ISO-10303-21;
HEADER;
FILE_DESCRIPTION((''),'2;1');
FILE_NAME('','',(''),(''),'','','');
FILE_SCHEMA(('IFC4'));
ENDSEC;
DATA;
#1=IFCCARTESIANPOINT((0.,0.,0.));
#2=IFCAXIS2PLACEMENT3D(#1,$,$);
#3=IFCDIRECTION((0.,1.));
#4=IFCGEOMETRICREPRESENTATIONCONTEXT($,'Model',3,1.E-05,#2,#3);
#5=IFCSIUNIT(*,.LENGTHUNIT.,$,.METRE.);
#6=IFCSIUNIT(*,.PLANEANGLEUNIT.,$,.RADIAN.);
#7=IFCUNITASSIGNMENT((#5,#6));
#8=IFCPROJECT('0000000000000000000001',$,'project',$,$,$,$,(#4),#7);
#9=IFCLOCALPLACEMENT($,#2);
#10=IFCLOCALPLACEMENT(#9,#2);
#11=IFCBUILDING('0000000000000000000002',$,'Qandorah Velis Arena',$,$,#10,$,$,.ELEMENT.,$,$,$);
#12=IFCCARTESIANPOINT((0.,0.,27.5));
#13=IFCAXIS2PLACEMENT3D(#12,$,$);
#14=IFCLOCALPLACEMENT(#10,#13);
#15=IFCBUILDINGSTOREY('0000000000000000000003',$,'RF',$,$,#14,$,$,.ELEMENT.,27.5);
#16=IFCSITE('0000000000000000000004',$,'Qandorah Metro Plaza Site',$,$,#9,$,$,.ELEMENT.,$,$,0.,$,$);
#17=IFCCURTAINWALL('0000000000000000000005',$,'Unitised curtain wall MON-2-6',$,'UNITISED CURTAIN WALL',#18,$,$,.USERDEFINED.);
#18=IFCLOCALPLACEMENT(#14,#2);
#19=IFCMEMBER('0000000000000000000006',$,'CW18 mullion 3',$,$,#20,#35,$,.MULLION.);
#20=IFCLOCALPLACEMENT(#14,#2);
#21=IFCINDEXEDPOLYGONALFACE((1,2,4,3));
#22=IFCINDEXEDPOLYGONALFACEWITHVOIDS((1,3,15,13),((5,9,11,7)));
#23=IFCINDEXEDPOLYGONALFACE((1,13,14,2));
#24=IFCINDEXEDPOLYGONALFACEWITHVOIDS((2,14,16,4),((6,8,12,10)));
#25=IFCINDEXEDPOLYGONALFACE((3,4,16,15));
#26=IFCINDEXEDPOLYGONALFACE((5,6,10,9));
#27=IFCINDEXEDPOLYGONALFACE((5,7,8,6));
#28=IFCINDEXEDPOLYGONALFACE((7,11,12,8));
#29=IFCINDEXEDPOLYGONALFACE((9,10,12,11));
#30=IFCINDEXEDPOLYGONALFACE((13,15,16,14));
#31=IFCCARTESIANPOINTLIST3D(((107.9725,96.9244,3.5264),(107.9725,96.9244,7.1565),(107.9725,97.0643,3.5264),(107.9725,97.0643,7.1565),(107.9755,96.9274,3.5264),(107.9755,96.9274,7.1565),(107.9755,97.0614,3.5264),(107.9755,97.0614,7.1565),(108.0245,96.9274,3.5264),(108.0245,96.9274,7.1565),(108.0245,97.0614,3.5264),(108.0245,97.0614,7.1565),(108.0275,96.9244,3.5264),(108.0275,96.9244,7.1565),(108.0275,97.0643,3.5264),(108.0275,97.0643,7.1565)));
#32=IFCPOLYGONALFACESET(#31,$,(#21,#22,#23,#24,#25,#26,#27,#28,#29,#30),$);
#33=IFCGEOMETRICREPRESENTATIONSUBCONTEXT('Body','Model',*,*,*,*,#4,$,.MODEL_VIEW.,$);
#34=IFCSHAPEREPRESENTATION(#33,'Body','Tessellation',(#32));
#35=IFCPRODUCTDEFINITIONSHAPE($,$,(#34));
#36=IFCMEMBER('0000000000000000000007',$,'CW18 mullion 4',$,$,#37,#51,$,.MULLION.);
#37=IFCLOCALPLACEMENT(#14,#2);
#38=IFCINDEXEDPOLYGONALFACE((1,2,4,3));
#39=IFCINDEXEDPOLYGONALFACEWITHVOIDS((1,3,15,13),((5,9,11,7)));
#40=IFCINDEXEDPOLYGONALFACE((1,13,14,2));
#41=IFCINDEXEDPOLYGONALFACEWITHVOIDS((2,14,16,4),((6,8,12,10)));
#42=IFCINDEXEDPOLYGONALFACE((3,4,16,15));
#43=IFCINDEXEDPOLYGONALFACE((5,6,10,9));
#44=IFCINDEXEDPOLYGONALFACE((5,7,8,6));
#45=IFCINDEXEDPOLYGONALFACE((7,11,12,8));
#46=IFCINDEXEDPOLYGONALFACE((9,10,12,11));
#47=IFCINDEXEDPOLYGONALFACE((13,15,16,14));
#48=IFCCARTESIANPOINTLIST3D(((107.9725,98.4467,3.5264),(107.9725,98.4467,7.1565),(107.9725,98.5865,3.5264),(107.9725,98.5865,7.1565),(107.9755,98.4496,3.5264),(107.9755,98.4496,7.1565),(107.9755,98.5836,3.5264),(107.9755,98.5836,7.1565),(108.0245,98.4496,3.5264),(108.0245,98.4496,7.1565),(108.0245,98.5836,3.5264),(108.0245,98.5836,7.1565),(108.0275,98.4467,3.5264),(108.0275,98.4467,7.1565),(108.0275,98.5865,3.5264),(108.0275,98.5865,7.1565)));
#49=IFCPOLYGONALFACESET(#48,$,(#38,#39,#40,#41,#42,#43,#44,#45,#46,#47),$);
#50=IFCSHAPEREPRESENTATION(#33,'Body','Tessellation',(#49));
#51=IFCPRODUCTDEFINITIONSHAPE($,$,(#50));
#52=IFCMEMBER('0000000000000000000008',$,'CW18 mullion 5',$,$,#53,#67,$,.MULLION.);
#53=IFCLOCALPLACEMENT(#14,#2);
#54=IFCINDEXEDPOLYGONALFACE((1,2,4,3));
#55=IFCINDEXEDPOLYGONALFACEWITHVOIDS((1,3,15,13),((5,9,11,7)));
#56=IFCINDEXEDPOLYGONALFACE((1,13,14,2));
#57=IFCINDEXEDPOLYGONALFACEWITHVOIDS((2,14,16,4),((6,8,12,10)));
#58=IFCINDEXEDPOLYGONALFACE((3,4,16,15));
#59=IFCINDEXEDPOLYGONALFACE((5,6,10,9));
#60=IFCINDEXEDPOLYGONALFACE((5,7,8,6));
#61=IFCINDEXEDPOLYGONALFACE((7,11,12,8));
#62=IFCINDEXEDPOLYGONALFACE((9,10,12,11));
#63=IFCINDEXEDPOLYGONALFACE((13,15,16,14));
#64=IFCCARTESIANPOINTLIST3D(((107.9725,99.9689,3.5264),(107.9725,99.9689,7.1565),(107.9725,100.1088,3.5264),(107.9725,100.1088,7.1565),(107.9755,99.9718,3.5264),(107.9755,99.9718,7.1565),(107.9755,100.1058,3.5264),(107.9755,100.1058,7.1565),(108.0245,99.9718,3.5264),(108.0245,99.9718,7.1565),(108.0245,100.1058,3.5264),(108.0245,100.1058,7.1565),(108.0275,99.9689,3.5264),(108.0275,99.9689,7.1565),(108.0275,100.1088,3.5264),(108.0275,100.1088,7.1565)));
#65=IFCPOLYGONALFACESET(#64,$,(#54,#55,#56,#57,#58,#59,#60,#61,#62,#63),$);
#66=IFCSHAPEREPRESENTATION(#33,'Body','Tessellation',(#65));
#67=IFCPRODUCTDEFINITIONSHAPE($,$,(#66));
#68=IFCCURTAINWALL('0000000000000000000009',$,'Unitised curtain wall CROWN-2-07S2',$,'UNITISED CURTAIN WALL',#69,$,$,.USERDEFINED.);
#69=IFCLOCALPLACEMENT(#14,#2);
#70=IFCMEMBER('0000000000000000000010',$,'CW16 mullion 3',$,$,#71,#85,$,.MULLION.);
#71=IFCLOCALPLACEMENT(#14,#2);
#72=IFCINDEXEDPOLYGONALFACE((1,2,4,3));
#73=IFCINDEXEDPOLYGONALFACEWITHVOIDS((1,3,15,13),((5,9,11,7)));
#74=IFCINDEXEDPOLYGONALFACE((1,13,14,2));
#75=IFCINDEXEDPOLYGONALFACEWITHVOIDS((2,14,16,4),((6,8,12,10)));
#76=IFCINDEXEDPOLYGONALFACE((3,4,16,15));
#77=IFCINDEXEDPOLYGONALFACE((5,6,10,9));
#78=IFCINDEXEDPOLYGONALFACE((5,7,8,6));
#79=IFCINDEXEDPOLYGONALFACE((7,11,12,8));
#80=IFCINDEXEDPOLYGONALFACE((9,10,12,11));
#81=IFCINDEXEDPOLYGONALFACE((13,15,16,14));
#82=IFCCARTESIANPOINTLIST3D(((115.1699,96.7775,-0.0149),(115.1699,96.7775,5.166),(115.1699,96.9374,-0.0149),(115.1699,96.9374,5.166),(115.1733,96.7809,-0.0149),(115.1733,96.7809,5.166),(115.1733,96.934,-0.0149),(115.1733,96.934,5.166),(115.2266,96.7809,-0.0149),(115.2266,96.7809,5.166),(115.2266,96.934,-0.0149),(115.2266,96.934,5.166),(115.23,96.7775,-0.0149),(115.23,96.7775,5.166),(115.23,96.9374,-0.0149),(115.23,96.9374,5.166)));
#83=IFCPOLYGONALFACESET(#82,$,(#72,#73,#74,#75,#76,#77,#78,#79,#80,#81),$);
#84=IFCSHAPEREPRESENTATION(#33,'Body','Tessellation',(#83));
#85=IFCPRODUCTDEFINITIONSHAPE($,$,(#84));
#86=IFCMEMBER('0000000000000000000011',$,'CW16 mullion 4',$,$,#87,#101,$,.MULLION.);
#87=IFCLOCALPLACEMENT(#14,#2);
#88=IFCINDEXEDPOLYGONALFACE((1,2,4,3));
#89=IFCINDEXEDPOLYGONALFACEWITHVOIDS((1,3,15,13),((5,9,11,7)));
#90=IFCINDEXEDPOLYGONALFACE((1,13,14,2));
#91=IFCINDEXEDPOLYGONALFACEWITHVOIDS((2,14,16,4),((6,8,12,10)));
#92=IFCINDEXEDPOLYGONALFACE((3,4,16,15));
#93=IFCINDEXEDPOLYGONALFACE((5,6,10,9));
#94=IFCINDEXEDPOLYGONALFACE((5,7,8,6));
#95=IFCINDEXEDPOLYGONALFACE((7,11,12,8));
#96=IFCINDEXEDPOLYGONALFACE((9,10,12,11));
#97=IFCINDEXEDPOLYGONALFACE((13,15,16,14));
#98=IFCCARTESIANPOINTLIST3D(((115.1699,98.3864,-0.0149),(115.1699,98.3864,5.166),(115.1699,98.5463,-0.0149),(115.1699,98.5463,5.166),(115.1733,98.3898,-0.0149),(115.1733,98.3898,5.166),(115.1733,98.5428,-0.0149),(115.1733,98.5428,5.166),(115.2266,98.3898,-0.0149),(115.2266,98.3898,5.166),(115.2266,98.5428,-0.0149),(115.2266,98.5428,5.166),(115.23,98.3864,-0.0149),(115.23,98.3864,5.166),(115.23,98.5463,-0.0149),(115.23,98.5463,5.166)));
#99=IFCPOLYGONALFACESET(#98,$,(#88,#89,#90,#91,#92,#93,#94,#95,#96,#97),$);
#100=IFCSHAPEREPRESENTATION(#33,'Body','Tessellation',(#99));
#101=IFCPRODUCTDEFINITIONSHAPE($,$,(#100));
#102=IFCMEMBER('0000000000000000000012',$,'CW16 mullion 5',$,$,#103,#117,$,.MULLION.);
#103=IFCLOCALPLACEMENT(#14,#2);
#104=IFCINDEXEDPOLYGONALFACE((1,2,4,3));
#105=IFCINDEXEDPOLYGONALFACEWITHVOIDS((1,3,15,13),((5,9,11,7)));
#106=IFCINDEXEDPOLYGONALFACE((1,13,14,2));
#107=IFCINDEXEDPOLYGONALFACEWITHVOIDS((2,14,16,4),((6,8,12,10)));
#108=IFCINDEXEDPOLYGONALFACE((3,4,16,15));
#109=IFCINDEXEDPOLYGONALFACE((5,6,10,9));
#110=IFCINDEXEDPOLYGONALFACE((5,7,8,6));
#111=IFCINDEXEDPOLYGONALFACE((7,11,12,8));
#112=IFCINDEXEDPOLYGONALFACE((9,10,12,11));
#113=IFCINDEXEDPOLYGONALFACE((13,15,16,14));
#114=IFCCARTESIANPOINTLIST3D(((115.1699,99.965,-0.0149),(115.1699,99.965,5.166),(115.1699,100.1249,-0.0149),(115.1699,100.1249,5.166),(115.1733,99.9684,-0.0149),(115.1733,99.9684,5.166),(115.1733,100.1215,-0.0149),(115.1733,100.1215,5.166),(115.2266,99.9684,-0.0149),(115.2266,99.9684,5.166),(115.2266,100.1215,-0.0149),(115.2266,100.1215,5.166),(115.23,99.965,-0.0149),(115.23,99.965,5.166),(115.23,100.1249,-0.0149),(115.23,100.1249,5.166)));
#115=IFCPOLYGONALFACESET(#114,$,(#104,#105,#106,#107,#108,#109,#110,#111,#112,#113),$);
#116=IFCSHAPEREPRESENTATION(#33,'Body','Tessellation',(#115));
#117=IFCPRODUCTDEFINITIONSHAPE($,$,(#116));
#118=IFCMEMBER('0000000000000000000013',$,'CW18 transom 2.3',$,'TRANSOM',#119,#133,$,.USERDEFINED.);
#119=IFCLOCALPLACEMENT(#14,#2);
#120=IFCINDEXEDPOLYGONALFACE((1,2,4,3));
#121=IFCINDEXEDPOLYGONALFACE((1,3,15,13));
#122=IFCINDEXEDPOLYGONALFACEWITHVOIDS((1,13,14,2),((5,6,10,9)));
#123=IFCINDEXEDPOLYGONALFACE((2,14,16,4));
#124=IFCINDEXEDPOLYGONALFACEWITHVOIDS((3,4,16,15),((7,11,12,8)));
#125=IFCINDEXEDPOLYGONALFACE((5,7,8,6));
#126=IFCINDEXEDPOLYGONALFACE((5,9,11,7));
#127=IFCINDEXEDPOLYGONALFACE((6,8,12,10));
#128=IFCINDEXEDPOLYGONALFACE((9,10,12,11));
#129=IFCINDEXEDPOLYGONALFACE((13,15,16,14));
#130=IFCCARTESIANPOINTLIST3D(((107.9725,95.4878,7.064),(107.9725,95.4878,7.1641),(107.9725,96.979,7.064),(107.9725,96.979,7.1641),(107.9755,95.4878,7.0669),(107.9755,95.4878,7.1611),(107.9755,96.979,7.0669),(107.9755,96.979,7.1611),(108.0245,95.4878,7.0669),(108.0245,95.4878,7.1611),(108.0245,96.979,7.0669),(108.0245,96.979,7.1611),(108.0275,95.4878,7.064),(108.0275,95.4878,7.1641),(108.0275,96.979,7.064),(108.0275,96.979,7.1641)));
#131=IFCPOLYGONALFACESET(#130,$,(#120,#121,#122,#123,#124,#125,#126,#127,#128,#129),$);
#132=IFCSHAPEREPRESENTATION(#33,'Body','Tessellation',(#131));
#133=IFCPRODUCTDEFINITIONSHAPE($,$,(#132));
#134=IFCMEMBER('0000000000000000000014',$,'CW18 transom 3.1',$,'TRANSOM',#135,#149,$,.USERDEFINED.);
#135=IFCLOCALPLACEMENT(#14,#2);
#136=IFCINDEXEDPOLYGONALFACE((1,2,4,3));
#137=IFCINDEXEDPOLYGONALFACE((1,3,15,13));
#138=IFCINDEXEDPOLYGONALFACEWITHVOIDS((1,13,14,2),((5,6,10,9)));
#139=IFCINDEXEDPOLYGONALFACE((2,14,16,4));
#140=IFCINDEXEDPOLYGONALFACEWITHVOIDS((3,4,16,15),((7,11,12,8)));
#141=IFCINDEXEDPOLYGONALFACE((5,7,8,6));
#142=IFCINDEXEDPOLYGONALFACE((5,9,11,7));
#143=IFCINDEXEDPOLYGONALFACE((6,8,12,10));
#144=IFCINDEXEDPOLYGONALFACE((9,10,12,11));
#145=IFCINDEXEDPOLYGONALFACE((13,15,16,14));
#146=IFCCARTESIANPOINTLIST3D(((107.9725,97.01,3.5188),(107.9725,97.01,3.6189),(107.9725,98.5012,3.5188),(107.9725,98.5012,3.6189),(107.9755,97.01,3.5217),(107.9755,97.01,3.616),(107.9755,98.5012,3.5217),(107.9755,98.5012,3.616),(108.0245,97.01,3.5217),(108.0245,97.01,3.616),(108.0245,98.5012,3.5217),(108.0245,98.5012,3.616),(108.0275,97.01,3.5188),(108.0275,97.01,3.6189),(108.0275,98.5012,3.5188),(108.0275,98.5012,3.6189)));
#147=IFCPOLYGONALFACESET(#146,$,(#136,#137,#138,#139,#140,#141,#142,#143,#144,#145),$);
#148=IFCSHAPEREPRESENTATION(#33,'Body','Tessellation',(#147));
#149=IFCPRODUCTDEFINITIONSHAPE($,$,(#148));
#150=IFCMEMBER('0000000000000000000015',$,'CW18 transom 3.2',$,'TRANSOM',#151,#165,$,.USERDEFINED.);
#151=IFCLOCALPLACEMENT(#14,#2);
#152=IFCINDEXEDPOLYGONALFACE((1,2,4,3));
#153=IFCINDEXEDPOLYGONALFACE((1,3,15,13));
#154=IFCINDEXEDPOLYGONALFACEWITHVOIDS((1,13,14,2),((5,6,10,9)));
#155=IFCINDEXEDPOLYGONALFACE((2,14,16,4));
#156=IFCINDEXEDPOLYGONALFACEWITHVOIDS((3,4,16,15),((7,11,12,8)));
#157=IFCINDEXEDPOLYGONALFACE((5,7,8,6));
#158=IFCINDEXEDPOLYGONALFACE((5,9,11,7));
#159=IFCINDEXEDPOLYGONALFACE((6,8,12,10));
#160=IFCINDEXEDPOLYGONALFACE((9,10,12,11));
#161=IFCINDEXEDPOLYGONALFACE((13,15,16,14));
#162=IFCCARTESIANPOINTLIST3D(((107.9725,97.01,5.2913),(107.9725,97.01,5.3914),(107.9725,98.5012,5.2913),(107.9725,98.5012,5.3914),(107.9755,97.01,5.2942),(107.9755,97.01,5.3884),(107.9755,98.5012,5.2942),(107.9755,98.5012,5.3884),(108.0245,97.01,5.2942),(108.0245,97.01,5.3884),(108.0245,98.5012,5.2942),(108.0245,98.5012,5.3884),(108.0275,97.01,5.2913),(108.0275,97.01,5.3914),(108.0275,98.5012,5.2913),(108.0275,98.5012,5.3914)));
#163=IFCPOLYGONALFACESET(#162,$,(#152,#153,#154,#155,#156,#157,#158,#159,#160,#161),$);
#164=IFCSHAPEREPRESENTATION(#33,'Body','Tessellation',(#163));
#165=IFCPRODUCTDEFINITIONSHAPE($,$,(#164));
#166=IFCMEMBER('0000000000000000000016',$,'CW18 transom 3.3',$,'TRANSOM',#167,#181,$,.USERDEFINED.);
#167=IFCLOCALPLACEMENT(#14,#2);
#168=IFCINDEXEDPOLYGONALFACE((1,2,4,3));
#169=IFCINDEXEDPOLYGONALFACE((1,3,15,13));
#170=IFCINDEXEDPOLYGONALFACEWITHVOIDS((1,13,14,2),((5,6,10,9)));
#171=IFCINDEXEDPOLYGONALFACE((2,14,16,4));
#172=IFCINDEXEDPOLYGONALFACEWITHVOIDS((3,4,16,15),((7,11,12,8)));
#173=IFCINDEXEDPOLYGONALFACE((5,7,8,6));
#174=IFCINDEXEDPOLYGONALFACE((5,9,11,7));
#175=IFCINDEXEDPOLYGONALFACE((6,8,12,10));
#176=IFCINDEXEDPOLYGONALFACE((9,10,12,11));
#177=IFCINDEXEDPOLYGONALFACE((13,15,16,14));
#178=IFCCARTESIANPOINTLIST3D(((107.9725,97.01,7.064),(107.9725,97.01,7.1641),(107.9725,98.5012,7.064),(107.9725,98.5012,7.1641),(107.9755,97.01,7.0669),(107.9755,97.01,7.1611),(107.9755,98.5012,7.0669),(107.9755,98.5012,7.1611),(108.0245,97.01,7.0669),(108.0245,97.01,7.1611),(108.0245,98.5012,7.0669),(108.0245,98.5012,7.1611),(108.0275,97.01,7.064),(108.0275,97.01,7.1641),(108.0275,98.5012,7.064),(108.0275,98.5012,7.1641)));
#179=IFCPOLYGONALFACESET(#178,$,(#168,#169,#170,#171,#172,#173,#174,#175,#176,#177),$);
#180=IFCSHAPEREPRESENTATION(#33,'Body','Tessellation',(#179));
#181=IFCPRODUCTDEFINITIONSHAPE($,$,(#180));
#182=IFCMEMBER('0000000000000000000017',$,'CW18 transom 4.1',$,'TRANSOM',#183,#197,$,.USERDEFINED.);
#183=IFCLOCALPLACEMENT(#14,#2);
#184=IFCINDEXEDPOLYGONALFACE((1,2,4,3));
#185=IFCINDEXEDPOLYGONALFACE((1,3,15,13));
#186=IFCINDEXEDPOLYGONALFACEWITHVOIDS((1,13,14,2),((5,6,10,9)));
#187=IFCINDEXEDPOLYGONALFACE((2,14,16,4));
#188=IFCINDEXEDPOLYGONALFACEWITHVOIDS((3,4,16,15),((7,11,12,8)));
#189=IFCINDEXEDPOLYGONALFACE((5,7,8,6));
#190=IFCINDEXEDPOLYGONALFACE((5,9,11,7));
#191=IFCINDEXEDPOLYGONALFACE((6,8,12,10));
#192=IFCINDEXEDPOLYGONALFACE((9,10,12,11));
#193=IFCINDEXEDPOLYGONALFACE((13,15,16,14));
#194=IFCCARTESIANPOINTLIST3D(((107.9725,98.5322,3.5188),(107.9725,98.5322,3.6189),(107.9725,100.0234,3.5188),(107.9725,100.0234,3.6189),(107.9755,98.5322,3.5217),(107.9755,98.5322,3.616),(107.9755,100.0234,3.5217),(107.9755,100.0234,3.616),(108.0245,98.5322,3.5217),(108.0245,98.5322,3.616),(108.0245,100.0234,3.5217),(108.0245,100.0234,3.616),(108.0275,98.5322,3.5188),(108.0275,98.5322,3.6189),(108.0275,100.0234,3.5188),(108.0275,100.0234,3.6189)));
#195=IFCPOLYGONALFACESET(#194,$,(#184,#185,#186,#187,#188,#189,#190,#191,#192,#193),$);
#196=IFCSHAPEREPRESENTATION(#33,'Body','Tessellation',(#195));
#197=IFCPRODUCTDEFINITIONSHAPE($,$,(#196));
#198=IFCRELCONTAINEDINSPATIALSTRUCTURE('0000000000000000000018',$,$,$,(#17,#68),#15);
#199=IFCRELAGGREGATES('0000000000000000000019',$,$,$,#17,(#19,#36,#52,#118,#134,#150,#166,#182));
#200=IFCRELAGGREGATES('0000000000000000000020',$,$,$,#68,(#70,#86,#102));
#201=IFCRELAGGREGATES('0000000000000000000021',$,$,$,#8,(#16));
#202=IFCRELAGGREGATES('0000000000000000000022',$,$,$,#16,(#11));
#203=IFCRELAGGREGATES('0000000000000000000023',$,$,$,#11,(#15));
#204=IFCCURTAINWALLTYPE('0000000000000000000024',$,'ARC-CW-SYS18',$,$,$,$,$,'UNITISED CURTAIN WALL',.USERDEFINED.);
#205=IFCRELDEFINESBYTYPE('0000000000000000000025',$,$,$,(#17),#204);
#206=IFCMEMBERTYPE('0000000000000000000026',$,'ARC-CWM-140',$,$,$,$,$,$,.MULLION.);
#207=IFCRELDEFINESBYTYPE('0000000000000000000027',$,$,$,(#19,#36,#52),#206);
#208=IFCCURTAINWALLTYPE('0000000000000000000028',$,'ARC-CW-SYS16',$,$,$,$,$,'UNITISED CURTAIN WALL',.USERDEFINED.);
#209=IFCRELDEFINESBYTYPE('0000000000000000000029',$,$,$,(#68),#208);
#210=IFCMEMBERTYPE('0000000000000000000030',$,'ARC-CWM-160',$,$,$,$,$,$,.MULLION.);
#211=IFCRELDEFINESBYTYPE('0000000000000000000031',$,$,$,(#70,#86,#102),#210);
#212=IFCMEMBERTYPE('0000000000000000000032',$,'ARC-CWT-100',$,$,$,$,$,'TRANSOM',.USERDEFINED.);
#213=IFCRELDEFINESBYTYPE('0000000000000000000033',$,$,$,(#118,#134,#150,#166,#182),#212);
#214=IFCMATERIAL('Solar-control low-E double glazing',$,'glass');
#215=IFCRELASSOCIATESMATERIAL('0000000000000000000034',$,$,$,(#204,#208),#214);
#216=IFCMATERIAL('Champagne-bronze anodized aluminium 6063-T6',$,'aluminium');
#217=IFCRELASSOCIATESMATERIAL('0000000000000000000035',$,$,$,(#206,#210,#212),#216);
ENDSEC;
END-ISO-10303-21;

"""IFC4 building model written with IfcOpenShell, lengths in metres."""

from ifc_helpers import new_model, si_unit, direction, frame, origin, origin_2d, place, context, subcontext, project, spatial, hollow_rectangle, extrude, material, material_profile, profile_set, type_object, element, aggregate, save


model = new_model("IFC4")

# Units and contexts
model_context = context("Model", 3, precision=1e-05, world=origin(), true_north=direction((0.0, 1.0)))
body_context = subcontext(model_context, "Body", "Model", "MODEL_VIEW")
ifc_project = project(units=[si_unit("LENGTHUNIT", "METRE"), si_unit("PLANEANGLEUNIT", "RADIAN")], contexts=[model_context])

# Site, building, storey
site_placement = place(None, origin())
site = spatial("IfcSite", under=ifc_project, at=site_placement, Name="Qandorah Metro Plaza Site", CompositionType="ELEMENT", RefElevation=0.0)
building_placement = place(site_placement, origin())
building = spatial("IfcBuilding", under=site, at=building_placement, Name="Qandorah Velis Arena", CompositionType="ELEMENT")
storey_placement = place(building_placement, frame((0.0, 0.0, 27.5)))
storey = spatial("IfcBuildingStorey", under=building, at=storey_placement, Name="RF", CompositionType="ELEMENT", Elevation=27.5)

# Curtain walls, members
ifc_material_1 = material(Name="Solar-control low-E double glazing", Category="glass")
curtain_wall_type_1 = type_object("IfcCurtainWallType", Name="ARC-CW-SYS18", ElementType="UNITISED CURTAIN WALL", PredefinedType="USERDEFINED", material=ifc_material_1)
curtain_wall_1_placement = place(storey_placement, origin())
curtain_wall_1 = element("IfcCurtainWall", 1, at=curtain_wall_1_placement, inside=storey, type_object=curtain_wall_type_1, Name="Unitised curtain wall MON-2-6", ObjectType="UNITISED CURTAIN WALL", PredefinedType="USERDEFINED")
ifc_material_2 = material(Name="Champagne-bronze anodized aluminium 6063-T6", Category="aluminium")
ifc_material_profile_1 = material_profile(ifc_material_2, hollow_rectangle(XDim=0.0549, YDim=0.1399, WallThickness=0.0029, at=origin_2d()), Name="ALU MULLION 55x140")
ifc_profile_set_1 = profile_set([ifc_material_profile_1], Name="Champagne-bronze anodized aluminium 6063-T6")
member_type_1 = type_object("IfcMemberType", Name="ARC-CWM-140", PredefinedType="MULLION", material=ifc_profile_set_1)
member_1_placement = place(storey_placement, frame((108.0, 96.9944, 3.5264), z_axis=(0.0, 0.0, 1.0), x_axis=(-1.0, 0.0, 0.0)))
member_1 = element("IfcMember", 2, at=member_1_placement, type_object=member_type_1, Name="CW18 mullion 3", PredefinedType="MULLION", context=body_context, shape_type="SweptSolid", body=[
    extrude(hollow_rectangle(XDim=0.0549, YDim=0.1399, WallThickness=0.0029, at=origin_2d()), origin(), (0.0, 0.0, 1.0), 3.6301),
])
member_2_placement = place(storey_placement, frame((108.0, 98.5166, 3.5264), z_axis=(0.0, 0.0, 1.0), x_axis=(-1.0, 0.0, 0.0)))
member_2 = element("IfcMember", 3, at=member_2_placement, type_object=member_type_1, Name="CW18 mullion 4", PredefinedType="MULLION", context=body_context, shape_type="SweptSolid", body=[
    extrude(hollow_rectangle(XDim=0.0549, YDim=0.1399, WallThickness=0.0029, at=origin_2d()), origin(), (0.0, 0.0, 1.0), 3.6301),
])
member_3_placement = place(storey_placement, frame((108.0, 100.0388, 3.5264), z_axis=(0.0, 0.0, 1.0), x_axis=(-1.0, 0.0, 0.0)))
member_3 = element("IfcMember", 4, at=member_3_placement, type_object=member_type_1, Name="CW18 mullion 5", PredefinedType="MULLION", context=body_context, shape_type="SweptSolid", body=[
    extrude(hollow_rectangle(XDim=0.0549, YDim=0.1399, WallThickness=0.0029, at=origin_2d()), origin(), (0.0, 0.0, 1.0), 3.6301),
])
curtain_wall_type_2 = type_object("IfcCurtainWallType", Name="ARC-CW-SYS16", ElementType="UNITISED CURTAIN WALL", PredefinedType="USERDEFINED", material=ifc_material_1)
curtain_wall_2_placement = place(storey_placement, origin())
curtain_wall_2 = element("IfcCurtainWall", 5, at=curtain_wall_2_placement, inside=storey, type_object=curtain_wall_type_2, Name="Unitised curtain wall CROWN-2-07S2", ObjectType="UNITISED CURTAIN WALL", PredefinedType="USERDEFINED")
ifc_material_profile_2 = material_profile(ifc_material_2, hollow_rectangle(XDim=0.0601, YDim=0.1599, WallThickness=0.0034, at=origin_2d()), Name="ALU MULLION 60x160")
ifc_profile_set_2 = profile_set([ifc_material_profile_2], Name="Champagne-bronze anodized aluminium 6063-T6")
member_type_2 = type_object("IfcMemberType", Name="ARC-CWM-160", PredefinedType="MULLION", material=ifc_profile_set_2)
member_4_placement = place(storey_placement, frame((115.2, 96.8574, -0.0149), z_axis=(0.0, 0.0, 1.0), x_axis=(-1.0, 0.0, 0.0)))
member_4 = element("IfcMember", 6, at=member_4_placement, type_object=member_type_2, Name="CW16 mullion 3", PredefinedType="MULLION", context=body_context, shape_type="SweptSolid", body=[
    extrude(hollow_rectangle(XDim=0.0601, YDim=0.1599, WallThickness=0.0034, at=origin_2d()), origin(), (0.0, 0.0, 1.0), 5.1809),
])
member_5_placement = place(storey_placement, frame((115.2, 98.4663, -0.0149), z_axis=(0.0, 0.0, 1.0), x_axis=(-1.0, 0.0, 0.0)))
member_5 = element("IfcMember", 7, at=member_5_placement, type_object=member_type_2, Name="CW16 mullion 4", PredefinedType="MULLION", context=body_context, shape_type="SweptSolid", body=[
    extrude(hollow_rectangle(XDim=0.0601, YDim=0.1599, WallThickness=0.0034, at=origin_2d()), origin(), (0.0, 0.0, 1.0), 5.1809),
])
member_6_placement = place(storey_placement, frame((115.2, 100.0449, -0.0149), z_axis=(0.0, 0.0, 1.0), x_axis=(-1.0, 0.0, 0.0)))
member_6 = element("IfcMember", 8, at=member_6_placement, type_object=member_type_2, Name="CW16 mullion 5", PredefinedType="MULLION", context=body_context, shape_type="SweptSolid", body=[
    extrude(hollow_rectangle(XDim=0.0601, YDim=0.1599, WallThickness=0.0034, at=origin_2d()), origin(), (0.0, 0.0, 1.0), 5.1809),
])

# Members
ifc_material_profile_3 = material_profile(ifc_material_2, hollow_rectangle(XDim=0.0549, YDim=0.1001, WallThickness=0.0029, at=origin_2d()), Name="ALU TRANSOM 55x100")
ifc_profile_set_3 = profile_set([ifc_material_profile_3], Name="Champagne-bronze anodized aluminium 6063-T6")
member_type_3 = type_object("IfcMemberType", Name="ARC-CWT-100", ElementType="TRANSOM", PredefinedType="USERDEFINED", material=ifc_profile_set_3)
member_7_placement = place(storey_placement, frame((108.0, 95.4878, 7.114), z_axis=(0.0, 1.0, 0.0), x_axis=(-1.0, 0.0, 0.0)))
member_7 = element("IfcMember", 9, at=member_7_placement, type_object=member_type_3, Name="CW18 transom 2.3", ObjectType="TRANSOM", PredefinedType="USERDEFINED", context=body_context, shape_type="SweptSolid", body=[
    extrude(hollow_rectangle(XDim=0.0549, YDim=0.1001, WallThickness=0.0029, at=origin_2d()), origin(), (0.0, 0.0, 1.0), 1.4912),
])
member_8_placement = place(storey_placement, frame((108.0, 97.01, 3.5688), z_axis=(0.0, 1.0, 0.0), x_axis=(-1.0, 0.0, 0.0)))
member_8 = element("IfcMember", 10, at=member_8_placement, type_object=member_type_3, Name="CW18 transom 3.1", ObjectType="TRANSOM", PredefinedType="USERDEFINED", context=body_context, shape_type="SweptSolid", body=[
    extrude(hollow_rectangle(XDim=0.0549, YDim=0.1001, WallThickness=0.0029, at=origin_2d()), origin(), (0.0, 0.0, 1.0), 1.4912),
])
member_9_placement = place(storey_placement, frame((108.0, 97.01, 5.3413), z_axis=(0.0, 1.0, 0.0), x_axis=(-1.0, 0.0, 0.0)))
member_9 = element("IfcMember", 11, at=member_9_placement, type_object=member_type_3, Name="CW18 transom 3.2", ObjectType="TRANSOM", PredefinedType="USERDEFINED", context=body_context, shape_type="SweptSolid", body=[
    extrude(hollow_rectangle(XDim=0.0549, YDim=0.1001, WallThickness=0.0029, at=origin_2d()), origin(), (0.0, 0.0, 1.0), 1.4912),
])
member_10_placement = place(storey_placement, frame((108.0, 97.01, 7.114), z_axis=(0.0, 1.0, 0.0), x_axis=(-1.0, 0.0, 0.0)))
member_10 = element("IfcMember", 12, at=member_10_placement, type_object=member_type_3, Name="CW18 transom 3.3", ObjectType="TRANSOM", PredefinedType="USERDEFINED", context=body_context, shape_type="SweptSolid", body=[
    extrude(hollow_rectangle(XDim=0.0549, YDim=0.1001, WallThickness=0.0029, at=origin_2d()), origin(), (0.0, 0.0, 1.0), 1.4912),
])
member_11_placement = place(storey_placement, frame((108.0, 98.5322, 3.5688), z_axis=(0.0, 1.0, 0.0), x_axis=(-1.0, 0.0, 0.0)))
member_11 = element("IfcMember", 13, at=member_11_placement, type_object=member_type_3, Name="CW18 transom 4.1", ObjectType="TRANSOM", PredefinedType="USERDEFINED", context=body_context, shape_type="SweptSolid", body=[
    extrude(hollow_rectangle(XDim=0.0549, YDim=0.1001, WallThickness=0.0029, at=origin_2d()), origin(), (0.0, 0.0, 1.0), 1.4912),
])

aggregate(curtain_wall_1, [member_1, member_2, member_3, member_7, member_8, member_9, member_10, member_11])
aggregate(curtain_wall_2, [member_4, member_5, member_6])

save(model, "model.ifc")
